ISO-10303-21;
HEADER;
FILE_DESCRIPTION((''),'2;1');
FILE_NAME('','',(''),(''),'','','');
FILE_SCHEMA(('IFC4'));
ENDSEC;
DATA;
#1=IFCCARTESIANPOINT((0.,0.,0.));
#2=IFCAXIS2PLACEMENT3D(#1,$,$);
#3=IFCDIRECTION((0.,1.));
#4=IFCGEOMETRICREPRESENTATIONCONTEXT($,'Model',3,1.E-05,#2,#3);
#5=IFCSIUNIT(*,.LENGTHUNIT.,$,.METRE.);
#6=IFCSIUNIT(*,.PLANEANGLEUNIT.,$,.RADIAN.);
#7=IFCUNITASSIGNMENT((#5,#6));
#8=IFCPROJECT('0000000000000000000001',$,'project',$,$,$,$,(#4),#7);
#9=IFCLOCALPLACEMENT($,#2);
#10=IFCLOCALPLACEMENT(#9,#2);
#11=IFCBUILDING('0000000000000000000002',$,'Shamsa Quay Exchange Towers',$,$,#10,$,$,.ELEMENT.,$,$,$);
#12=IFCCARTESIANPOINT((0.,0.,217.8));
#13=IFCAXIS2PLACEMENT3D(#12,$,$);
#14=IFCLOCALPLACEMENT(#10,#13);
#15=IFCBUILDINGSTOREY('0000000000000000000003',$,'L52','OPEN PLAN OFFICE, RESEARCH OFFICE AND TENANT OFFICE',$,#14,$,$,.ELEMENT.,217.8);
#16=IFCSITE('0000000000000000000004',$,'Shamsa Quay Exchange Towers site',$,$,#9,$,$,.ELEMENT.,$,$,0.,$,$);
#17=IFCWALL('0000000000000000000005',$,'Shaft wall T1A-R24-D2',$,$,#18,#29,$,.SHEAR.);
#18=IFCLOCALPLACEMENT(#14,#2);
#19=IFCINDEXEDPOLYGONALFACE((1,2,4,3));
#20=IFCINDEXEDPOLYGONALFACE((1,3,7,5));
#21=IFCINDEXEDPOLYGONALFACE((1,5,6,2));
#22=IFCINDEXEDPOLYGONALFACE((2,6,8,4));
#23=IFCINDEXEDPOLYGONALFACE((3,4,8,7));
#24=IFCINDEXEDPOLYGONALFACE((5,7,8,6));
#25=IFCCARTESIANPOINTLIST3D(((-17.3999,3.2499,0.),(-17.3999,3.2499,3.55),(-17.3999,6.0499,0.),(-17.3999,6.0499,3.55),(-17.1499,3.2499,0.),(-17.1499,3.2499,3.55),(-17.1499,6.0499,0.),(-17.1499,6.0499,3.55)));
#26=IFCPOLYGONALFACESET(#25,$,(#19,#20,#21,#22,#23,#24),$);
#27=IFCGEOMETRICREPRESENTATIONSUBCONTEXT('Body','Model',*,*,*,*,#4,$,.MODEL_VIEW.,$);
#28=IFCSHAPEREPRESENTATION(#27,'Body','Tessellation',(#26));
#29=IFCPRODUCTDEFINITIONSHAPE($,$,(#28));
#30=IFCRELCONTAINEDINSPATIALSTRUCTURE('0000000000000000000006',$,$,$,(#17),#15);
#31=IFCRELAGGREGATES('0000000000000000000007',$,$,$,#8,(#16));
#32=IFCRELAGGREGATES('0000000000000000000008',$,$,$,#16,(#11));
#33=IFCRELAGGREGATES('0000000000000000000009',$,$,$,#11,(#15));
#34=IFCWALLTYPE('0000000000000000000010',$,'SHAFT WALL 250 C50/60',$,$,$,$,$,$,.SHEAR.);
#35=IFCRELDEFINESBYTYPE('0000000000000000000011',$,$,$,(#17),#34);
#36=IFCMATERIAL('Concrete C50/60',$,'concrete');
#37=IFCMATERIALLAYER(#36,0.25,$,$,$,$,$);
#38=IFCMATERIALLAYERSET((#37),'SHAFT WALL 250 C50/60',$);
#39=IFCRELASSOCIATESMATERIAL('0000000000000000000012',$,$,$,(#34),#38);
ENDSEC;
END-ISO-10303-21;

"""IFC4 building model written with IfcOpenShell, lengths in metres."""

from ifc_helpers import new_model, si_unit, direction, frame, frame_2d, origin, place, context, subcontext, project, spatial, rectangle, extrude, material, layer, layer_set, type_object, element, save


model = new_model("IFC4")

# Units and contexts
model_context = context("Model", 3, precision=1e-05, world=origin(), true_north=direction((0.0, 1.0)))
body_context = subcontext(model_context, "Body", "Model", "MODEL_VIEW")
ifc_project = project(units=[si_unit("LENGTHUNIT", "METRE"), si_unit("PLANEANGLEUNIT", "RADIAN")], contexts=[model_context])

# Site, building, storey
site_placement = place(None, origin())
site = spatial("IfcSite", under=ifc_project, at=site_placement, Name="Shamsa Quay Exchange Towers site", CompositionType="ELEMENT", RefElevation=0.0)
building_placement = place(site_placement, origin())
building = spatial("IfcBuilding", under=site, at=building_placement, Name="Shamsa Quay Exchange Towers", CompositionType="ELEMENT")
storey_placement = place(building_placement, frame((0.0, 0.0, 217.8)))
storey = spatial("IfcBuildingStorey", under=building, at=storey_placement, Name="L52", Description="OPEN PLAN OFFICE, RESEARCH OFFICE AND TENANT OFFICE", CompositionType="ELEMENT", Elevation=217.8)

# Shared definitions
ifc_material_1 = material(Name="Concrete C50/60", Category="concrete")
ifc_layer_1 = layer(ifc_material_1, 0.25)
ifc_layer_set_1 = layer_set([ifc_layer_1], Name="SHAFT WALL 250 C50/60")
wall_type_1 = type_object("IfcWallType", Name="SHAFT WALL 250 C50/60", PredefinedType="SHEAR", material=ifc_layer_set_1)

# Wall
wall_1_placement = place(storey_placement, frame((-17.2749, 3.25, 0.0), z_axis=(0.0, 0.0, 1.0), x_axis=(0.0, 1.0, 0.0)))
element("IfcWall", 1, at=wall_1_placement, inside=storey, type_object=wall_type_1, Name="Shaft wall T1A-R24-D2", PredefinedType="SHEAR", context=body_context, shape_type="SweptSolid", body=[
    extrude(rectangle(XDim=2.8, YDim=0.25, at=frame_2d((1.3999, 0.0))), origin(), (0.0, 0.0, 1.0), 3.55),
])

save(model, "model.ifc")
